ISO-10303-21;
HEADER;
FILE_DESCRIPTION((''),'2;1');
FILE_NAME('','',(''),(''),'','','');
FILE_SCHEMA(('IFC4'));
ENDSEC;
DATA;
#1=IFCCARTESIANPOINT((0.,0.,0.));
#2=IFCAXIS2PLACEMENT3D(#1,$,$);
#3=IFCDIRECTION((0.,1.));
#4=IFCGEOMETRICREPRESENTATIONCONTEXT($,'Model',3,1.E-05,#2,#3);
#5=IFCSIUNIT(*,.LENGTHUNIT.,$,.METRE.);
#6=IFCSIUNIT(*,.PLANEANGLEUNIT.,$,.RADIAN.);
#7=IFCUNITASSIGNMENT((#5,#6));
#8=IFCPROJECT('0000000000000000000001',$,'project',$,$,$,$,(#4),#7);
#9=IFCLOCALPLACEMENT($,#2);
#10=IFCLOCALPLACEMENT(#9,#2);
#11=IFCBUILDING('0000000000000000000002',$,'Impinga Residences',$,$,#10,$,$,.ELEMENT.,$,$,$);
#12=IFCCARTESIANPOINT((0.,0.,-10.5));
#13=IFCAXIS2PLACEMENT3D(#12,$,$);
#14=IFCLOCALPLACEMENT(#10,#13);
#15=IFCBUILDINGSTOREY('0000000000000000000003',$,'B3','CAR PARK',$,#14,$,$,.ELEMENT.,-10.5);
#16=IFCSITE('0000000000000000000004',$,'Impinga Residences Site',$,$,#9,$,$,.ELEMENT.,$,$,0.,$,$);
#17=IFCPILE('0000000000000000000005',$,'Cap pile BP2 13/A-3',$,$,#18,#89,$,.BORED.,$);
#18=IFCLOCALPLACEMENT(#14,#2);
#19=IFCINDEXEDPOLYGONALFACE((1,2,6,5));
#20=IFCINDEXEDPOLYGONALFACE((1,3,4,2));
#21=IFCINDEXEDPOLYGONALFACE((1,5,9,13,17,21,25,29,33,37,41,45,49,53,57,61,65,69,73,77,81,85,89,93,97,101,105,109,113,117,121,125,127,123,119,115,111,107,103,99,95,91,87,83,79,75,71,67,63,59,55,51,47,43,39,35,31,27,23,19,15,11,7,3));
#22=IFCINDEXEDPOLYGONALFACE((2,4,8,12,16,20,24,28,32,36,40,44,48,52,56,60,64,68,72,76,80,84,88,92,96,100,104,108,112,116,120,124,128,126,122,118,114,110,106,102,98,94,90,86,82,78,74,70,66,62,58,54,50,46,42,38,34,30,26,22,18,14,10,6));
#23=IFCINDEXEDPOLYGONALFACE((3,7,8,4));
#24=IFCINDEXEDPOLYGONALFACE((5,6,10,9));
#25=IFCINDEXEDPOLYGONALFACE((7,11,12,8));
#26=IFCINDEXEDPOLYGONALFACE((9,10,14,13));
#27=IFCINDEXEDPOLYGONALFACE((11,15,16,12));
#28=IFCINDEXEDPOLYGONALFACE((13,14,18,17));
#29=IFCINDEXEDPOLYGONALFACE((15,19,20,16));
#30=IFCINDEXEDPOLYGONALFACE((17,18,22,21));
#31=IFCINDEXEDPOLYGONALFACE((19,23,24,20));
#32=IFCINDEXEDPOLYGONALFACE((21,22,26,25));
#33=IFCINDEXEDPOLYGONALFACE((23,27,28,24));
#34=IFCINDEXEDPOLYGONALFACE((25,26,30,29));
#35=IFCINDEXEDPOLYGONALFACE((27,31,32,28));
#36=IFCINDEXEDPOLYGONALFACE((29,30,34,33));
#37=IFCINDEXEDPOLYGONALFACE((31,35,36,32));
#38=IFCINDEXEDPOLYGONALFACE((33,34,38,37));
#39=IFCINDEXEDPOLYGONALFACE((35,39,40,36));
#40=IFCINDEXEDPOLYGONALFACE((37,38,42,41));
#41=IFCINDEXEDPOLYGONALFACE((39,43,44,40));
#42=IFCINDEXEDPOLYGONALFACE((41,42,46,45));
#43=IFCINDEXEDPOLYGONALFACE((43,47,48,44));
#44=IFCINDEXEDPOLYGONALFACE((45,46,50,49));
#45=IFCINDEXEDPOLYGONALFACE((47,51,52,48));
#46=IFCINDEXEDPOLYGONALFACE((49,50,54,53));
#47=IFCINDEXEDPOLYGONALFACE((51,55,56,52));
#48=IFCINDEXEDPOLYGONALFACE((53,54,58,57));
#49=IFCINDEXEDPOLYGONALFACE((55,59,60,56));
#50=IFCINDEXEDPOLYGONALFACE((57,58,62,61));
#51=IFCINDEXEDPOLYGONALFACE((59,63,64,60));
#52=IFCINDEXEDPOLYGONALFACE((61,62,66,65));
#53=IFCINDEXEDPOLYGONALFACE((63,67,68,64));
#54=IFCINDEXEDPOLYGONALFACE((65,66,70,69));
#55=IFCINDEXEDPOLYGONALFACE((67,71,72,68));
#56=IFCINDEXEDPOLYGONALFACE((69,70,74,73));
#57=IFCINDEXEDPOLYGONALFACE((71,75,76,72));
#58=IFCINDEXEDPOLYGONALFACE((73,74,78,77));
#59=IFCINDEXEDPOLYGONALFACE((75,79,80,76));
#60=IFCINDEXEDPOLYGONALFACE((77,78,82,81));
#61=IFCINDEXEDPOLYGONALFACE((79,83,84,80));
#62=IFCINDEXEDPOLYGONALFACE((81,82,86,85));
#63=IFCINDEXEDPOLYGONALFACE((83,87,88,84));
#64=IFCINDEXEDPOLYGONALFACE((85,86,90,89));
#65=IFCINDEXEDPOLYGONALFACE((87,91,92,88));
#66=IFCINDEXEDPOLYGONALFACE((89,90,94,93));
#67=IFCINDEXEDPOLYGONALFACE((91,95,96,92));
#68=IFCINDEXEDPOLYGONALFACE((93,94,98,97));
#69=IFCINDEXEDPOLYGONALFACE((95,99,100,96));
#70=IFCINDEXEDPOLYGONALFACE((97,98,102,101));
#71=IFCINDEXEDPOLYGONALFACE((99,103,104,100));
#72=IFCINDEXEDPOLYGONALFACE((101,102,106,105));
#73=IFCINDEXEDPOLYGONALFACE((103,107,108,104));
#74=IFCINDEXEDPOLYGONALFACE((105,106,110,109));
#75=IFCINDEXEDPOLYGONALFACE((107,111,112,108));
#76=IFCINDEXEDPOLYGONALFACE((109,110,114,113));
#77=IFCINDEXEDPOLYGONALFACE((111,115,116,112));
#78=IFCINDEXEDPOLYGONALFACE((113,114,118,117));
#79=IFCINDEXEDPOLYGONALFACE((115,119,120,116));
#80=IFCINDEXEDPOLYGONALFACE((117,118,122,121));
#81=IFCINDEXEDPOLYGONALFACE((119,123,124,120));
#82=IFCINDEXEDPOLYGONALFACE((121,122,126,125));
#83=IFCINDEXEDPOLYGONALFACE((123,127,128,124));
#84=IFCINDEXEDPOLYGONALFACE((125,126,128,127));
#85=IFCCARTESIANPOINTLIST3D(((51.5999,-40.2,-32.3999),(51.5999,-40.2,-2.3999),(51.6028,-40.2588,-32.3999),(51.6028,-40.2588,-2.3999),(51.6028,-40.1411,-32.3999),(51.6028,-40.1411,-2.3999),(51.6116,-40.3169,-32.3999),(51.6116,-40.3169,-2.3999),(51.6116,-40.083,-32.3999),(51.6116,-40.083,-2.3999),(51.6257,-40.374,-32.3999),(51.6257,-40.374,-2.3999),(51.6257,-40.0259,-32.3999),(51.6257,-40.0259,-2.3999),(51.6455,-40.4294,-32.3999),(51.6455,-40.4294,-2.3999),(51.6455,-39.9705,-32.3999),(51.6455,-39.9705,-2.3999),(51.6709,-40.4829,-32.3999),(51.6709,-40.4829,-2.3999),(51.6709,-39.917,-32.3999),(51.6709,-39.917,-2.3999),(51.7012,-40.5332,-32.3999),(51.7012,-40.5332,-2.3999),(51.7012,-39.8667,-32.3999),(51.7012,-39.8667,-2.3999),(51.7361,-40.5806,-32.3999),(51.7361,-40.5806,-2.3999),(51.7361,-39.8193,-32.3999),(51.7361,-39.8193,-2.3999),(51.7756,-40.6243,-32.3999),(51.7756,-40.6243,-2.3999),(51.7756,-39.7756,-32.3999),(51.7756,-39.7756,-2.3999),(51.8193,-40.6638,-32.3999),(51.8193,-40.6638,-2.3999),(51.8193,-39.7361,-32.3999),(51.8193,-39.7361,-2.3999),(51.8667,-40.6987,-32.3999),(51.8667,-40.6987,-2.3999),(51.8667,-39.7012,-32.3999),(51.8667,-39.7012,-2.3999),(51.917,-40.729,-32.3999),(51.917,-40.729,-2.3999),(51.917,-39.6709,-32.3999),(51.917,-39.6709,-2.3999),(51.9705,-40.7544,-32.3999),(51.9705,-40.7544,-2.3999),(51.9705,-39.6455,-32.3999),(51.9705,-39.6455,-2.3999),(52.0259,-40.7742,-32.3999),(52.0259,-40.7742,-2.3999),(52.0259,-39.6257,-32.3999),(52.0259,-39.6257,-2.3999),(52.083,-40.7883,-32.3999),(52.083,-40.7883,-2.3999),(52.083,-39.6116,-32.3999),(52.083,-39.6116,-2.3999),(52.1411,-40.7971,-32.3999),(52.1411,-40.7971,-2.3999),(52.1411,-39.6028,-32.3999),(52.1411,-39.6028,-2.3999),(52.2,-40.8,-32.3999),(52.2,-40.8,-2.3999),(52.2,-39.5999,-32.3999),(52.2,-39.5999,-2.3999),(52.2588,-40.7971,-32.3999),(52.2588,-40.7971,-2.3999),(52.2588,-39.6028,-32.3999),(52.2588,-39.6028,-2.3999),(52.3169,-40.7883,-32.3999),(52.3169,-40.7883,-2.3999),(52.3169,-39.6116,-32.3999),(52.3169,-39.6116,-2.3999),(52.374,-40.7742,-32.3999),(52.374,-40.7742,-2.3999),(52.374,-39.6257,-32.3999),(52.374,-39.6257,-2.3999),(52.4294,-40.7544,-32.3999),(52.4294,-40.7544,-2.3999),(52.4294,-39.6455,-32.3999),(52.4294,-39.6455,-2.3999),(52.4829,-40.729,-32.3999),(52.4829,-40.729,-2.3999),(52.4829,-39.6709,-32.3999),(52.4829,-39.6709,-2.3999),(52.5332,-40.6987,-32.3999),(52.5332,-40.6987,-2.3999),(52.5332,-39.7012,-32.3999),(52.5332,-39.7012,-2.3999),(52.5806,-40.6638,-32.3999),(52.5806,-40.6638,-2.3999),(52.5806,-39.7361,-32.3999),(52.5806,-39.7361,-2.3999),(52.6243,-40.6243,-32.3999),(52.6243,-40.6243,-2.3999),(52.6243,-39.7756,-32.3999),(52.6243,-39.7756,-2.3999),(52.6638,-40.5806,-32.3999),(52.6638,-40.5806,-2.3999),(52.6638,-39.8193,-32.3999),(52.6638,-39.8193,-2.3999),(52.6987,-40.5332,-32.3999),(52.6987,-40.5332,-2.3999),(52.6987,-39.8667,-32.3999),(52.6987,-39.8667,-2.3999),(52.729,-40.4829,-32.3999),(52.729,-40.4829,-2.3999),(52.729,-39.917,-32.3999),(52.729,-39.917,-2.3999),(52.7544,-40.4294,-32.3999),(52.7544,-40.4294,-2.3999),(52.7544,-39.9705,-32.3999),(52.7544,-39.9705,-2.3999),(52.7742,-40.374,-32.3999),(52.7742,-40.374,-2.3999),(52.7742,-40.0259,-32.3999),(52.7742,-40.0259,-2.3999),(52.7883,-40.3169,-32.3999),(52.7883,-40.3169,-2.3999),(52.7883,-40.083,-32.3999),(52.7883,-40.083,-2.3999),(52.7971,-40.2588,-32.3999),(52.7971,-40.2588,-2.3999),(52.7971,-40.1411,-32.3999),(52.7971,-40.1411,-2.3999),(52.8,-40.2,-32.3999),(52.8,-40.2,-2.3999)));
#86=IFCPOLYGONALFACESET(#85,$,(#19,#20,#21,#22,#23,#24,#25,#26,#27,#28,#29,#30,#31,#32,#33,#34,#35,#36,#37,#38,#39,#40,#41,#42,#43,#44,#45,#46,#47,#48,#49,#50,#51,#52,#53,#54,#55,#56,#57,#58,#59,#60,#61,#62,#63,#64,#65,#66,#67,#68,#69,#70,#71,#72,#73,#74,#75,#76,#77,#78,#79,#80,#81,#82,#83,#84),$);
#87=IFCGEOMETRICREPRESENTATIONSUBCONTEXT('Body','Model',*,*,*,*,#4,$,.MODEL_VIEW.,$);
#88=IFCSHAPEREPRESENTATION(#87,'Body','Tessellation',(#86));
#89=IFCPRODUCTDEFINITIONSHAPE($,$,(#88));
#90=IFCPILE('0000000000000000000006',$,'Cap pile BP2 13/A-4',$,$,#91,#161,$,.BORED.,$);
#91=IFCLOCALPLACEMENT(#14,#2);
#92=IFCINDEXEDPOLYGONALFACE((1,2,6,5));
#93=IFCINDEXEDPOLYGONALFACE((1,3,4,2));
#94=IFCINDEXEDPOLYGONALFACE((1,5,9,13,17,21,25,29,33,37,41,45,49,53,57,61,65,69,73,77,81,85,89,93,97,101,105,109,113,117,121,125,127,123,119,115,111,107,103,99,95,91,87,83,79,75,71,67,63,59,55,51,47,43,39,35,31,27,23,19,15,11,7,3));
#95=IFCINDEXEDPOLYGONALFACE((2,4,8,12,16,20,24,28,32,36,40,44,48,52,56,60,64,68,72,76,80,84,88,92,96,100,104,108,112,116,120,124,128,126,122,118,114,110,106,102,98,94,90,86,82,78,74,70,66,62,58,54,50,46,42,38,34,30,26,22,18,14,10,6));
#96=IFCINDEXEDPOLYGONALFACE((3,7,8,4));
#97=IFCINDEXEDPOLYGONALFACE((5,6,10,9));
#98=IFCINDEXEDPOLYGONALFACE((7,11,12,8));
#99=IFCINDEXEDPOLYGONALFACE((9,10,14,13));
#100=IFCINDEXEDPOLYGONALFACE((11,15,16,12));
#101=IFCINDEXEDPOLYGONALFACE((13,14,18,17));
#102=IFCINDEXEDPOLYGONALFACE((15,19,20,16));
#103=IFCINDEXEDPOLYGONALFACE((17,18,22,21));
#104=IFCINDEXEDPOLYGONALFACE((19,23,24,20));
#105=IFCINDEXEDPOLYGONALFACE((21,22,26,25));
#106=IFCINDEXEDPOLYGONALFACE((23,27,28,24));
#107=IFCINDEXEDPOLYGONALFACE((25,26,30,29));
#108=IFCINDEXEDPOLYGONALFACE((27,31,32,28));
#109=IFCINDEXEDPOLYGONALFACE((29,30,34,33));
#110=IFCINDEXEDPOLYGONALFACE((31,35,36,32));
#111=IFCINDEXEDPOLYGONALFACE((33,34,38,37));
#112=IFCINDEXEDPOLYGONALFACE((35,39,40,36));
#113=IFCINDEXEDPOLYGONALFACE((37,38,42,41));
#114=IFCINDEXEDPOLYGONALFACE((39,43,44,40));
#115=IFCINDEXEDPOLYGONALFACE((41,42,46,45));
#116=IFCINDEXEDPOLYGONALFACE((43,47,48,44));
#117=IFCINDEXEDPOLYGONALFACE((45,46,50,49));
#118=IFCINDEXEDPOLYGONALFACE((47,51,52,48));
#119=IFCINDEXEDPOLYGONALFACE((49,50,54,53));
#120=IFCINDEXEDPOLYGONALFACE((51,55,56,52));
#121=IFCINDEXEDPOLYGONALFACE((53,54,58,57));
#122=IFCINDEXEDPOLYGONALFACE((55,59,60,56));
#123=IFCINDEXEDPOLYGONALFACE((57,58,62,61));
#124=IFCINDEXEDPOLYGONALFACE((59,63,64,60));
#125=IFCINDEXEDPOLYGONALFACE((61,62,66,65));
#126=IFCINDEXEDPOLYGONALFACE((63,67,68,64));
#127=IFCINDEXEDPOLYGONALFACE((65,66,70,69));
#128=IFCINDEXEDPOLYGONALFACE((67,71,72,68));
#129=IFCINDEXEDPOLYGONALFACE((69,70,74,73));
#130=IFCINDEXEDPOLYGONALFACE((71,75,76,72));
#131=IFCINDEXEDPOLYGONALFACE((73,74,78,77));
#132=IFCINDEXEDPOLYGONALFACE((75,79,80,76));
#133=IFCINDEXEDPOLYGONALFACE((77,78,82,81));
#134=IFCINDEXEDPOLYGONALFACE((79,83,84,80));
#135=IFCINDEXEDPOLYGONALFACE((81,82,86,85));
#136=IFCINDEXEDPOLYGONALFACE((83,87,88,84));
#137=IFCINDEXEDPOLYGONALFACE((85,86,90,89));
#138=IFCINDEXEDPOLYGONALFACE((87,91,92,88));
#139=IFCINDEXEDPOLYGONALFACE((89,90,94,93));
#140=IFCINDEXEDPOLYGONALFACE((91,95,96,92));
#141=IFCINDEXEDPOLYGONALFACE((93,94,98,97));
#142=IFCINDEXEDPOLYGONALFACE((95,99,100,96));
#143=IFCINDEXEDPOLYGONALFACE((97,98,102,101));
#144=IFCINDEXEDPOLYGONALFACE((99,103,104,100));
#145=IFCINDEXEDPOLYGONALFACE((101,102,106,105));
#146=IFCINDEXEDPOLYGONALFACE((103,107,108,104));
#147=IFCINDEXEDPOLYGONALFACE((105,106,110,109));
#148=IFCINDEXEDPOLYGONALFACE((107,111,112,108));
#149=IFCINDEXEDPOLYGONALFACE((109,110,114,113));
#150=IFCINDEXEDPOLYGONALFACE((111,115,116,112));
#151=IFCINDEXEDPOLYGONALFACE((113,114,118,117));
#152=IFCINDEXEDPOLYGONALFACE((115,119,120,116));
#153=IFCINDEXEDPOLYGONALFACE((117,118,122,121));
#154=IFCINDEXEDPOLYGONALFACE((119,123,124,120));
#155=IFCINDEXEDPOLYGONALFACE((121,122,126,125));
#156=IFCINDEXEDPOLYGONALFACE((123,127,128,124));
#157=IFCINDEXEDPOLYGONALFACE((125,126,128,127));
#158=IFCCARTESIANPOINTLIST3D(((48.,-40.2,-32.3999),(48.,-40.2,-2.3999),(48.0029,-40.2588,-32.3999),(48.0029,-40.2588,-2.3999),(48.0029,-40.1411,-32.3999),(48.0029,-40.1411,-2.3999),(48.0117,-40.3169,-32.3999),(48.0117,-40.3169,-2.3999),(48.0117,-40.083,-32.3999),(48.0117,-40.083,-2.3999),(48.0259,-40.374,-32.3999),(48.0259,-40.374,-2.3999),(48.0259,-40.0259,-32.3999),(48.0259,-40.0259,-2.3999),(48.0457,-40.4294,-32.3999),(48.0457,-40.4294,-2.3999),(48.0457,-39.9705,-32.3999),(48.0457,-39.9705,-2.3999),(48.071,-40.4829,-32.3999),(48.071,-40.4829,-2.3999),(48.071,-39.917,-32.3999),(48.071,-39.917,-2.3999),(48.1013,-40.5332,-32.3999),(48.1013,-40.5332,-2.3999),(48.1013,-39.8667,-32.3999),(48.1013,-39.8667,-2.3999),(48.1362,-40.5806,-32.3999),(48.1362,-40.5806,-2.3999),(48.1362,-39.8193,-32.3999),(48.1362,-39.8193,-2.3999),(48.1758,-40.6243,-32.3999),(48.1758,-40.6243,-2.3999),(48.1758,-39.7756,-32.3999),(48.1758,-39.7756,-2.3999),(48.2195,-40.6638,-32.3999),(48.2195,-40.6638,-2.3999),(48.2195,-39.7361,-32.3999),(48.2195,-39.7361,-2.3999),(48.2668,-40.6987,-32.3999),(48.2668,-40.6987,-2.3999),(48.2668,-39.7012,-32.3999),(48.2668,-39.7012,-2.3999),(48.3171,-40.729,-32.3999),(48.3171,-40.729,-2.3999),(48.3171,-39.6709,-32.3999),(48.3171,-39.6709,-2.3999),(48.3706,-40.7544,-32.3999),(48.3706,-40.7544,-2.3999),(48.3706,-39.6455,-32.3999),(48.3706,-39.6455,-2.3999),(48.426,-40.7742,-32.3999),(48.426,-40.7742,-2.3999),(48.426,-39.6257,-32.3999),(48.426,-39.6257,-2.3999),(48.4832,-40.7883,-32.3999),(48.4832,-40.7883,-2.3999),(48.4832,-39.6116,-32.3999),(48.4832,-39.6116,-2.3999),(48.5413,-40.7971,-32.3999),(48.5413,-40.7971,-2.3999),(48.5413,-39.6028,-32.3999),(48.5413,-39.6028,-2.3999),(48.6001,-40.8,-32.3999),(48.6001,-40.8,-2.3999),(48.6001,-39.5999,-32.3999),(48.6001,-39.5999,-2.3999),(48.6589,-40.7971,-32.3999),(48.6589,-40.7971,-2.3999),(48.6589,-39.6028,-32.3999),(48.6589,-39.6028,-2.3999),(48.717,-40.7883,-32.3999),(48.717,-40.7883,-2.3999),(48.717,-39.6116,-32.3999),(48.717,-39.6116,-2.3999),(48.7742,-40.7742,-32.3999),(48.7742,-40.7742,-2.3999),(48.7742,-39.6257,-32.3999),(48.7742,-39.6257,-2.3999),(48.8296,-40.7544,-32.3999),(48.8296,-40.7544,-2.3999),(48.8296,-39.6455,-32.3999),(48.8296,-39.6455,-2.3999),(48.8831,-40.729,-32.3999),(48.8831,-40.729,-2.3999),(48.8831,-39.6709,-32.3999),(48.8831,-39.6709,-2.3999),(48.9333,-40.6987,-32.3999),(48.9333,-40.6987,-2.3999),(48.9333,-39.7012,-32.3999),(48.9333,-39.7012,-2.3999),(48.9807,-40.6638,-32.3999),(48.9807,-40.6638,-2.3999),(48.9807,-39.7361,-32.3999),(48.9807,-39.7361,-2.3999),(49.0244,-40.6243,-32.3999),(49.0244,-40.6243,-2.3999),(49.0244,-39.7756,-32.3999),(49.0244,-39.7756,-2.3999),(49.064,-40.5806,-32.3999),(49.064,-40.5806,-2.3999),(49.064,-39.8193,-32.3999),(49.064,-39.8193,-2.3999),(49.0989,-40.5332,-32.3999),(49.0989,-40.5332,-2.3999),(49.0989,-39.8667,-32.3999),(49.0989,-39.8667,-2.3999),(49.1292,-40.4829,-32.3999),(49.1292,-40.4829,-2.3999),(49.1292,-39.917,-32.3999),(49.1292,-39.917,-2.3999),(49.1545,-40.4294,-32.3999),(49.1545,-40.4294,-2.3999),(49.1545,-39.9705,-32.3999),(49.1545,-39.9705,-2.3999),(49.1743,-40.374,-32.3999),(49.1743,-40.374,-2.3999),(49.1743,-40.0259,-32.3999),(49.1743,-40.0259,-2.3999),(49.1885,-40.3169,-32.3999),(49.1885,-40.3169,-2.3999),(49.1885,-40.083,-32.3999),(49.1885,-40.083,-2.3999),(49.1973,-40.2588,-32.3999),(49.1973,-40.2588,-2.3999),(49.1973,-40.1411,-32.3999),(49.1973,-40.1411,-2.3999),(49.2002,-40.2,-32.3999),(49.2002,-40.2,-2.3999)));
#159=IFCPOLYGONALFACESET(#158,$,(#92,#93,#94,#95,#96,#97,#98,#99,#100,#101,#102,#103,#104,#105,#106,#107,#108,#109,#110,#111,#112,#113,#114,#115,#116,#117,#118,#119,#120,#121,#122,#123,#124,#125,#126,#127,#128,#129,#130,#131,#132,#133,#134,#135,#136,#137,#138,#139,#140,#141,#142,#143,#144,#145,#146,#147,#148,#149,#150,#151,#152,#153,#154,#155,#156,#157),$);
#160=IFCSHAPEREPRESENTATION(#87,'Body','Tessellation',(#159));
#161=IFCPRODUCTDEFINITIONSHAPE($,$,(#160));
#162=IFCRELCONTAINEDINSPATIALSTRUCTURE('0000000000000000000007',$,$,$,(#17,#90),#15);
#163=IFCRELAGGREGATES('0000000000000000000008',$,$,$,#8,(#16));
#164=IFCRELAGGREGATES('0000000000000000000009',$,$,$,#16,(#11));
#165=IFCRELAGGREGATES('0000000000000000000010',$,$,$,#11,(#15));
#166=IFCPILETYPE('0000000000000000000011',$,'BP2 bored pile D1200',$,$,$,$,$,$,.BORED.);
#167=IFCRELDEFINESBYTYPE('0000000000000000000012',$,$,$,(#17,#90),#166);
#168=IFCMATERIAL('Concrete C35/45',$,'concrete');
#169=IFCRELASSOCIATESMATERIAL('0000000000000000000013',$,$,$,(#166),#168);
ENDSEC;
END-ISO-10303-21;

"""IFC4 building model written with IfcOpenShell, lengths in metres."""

from ifc_helpers import new_model, si_unit, direction, frame, origin, origin_2d, place, context, subcontext, project, spatial, polyline, circle, outline, extrude, material, material_profile, profile_set, type_object, element, save


model = new_model("IFC4")

# Units and contexts
model_context = context("Model", 3, precision=1e-05, world=origin(), true_north=direction((0.0, 1.0)))
body_context = subcontext(model_context, "Body", "Model", "MODEL_VIEW")
ifc_project = project(units=[si_unit("LENGTHUNIT", "METRE"), si_unit("PLANEANGLEUNIT", "RADIAN")], contexts=[model_context])

# Site, building, storey
site_placement = place(None, origin())
site = spatial("IfcSite", under=ifc_project, at=site_placement, Name="Impinga Residences Site", CompositionType="ELEMENT", RefElevation=0.0)
building_placement = place(site_placement, origin())
building = spatial("IfcBuilding", under=site, at=building_placement, Name="Impinga Residences", CompositionType="ELEMENT")
storey_placement = place(building_placement, frame((0.0, 0.0, -10.5)))
storey = spatial("IfcBuildingStorey", under=building, at=storey_placement, Name="B3", Description="CAR PARK", CompositionType="ELEMENT", Elevation=-10.5)

# Piles
ifc_material_1 = material(Name="Concrete C35/45", Category="concrete")
ifc_material_profile_1 = material_profile(ifc_material_1, circle(Radius=0.6001, at=origin_2d()), Name="D1200")
ifc_profile_set_1 = profile_set([ifc_material_profile_1], Name="Concrete C35/45")
pile_type_1 = type_object("IfcPileType", Name="BP2 bored pile D1200", PredefinedType="BORED", material=ifc_profile_set_1)
pile_1_placement = place(storey_placement, frame((52.2, -40.2, -2.3999), z_axis=(0.0, 0.0, -1.0), x_axis=(1.0, 0.0, 0.0)))
element("IfcPile", 1, at=pile_1_placement, inside=storey, type_object=pile_type_1, Name="Cap pile BP2 13/A-3", PredefinedType="BORED", context=body_context, shape_type="SweptSolid", body=[
    extrude(outline(polyline([(0.6001, 0.0), (0.5972, 0.0588), (0.5884, 0.1169), (0.5742, 0.1741), (0.5544, 0.2295), (0.5291, 0.283), (0.4988, 0.3333), (0.4639, 0.3806), (0.4243, 0.4243), (0.3806, 0.4639), (0.3333, 0.4988), (0.283, 0.5291), (0.2295, 0.5544), (0.1741, 0.5742), (0.1169, 0.5884), (0.0588, 0.5972), (0.0, 0.6001), (-0.0588, 0.5972), (-0.1169, 0.5884), (-0.1741, 0.5742), (-0.2295, 0.5544), (-0.283, 0.5291), (-0.3333, 0.4988), (-0.3806, 0.4639), (-0.4243, 0.4243), (-0.4639, 0.3806), (-0.4988, 0.3333), (-0.5291, 0.283), (-0.5544, 0.2295), (-0.5742, 0.1741), (-0.5884, 0.1169), (-0.5972, 0.0588), (-0.6001, 0.0), (-0.5972, -0.0588), (-0.5884, -0.1169), (-0.5742, -0.1741), (-0.5544, -0.2295), (-0.5291, -0.283), (-0.4988, -0.3333), (-0.4639, -0.3806), (-0.4243, -0.4243), (-0.3806, -0.4639), (-0.3333, -0.4988), (-0.283, -0.5291), (-0.2295, -0.5544), (-0.1741, -0.5742), (-0.1169, -0.5884), (-0.0588, -0.5972), (0.0, -0.6001), (0.0588, -0.5972), (0.1169, -0.5884), (0.1741, -0.5742), (0.2295, -0.5544), (0.283, -0.5291), (0.3333, -0.4988), (0.3806, -0.4639), (0.4243, -0.4243), (0.4639, -0.3806), (0.4988, -0.3333), (0.5291, -0.283), (0.5544, -0.2295), (0.5742, -0.1741), (0.5884, -0.1169), (0.5972, -0.0588), (0.6001, 0.0)])), origin(), (0.0, 0.0, 1.0), 30.0),
])
pile_2_placement = place(storey_placement, frame((48.6001, -40.2, -2.3999), z_axis=(0.0, 0.0, -1.0), x_axis=(1.0, 0.0, 0.0)))
element("IfcPile", 2, at=pile_2_placement, inside=storey, type_object=pile_type_1, Name="Cap pile BP2 13/A-4", PredefinedType="BORED", context=body_context, shape_type="SweptSolid", body=[
    extrude(outline(polyline([(0.6001, 0.0), (0.5972, 0.0588), (0.5884, 0.1169), (0.5742, 0.1741), (0.5544, 0.2295), (0.5291, 0.283), (0.4988, 0.3333), (0.4639, 0.3806), (0.4243, 0.4243), (0.3806, 0.4639), (0.3333, 0.4988), (0.283, 0.5291), (0.2295, 0.5544), (0.1741, 0.5742), (0.1169, 0.5884), (0.0588, 0.5972), (0.0, 0.6001), (-0.0588, 0.5972), (-0.1169, 0.5884), (-0.1741, 0.5742), (-0.2295, 0.5544), (-0.283, 0.5291), (-0.3333, 0.4988), (-0.3806, 0.4639), (-0.4243, 0.4243), (-0.4639, 0.3806), (-0.4988, 0.3333), (-0.5291, 0.283), (-0.5544, 0.2295), (-0.5742, 0.1741), (-0.5884, 0.1169), (-0.5972, 0.0588), (-0.6001, 0.0), (-0.5972, -0.0588), (-0.5884, -0.1169), (-0.5742, -0.1741), (-0.5544, -0.2295), (-0.5291, -0.283), (-0.4988, -0.3333), (-0.4639, -0.3806), (-0.4243, -0.4243), (-0.3806, -0.4639), (-0.3333, -0.4988), (-0.283, -0.5291), (-0.2295, -0.5544), (-0.1741, -0.5742), (-0.1169, -0.5884), (-0.0588, -0.5972), (0.0, -0.6001), (0.0588, -0.5972), (0.1169, -0.5884), (0.1741, -0.5742), (0.2295, -0.5544), (0.283, -0.5291), (0.3333, -0.4988), (0.3806, -0.4639), (0.4243, -0.4243), (0.4639, -0.3806), (0.4988, -0.3333), (0.5291, -0.283), (0.5544, -0.2295), (0.5742, -0.1741), (0.5884, -0.1169), (0.5972, -0.0588), (0.6001, 0.0)])), origin(), (0.0, 0.0, 1.0), 30.0),
])

save(model, "model.ifc")
